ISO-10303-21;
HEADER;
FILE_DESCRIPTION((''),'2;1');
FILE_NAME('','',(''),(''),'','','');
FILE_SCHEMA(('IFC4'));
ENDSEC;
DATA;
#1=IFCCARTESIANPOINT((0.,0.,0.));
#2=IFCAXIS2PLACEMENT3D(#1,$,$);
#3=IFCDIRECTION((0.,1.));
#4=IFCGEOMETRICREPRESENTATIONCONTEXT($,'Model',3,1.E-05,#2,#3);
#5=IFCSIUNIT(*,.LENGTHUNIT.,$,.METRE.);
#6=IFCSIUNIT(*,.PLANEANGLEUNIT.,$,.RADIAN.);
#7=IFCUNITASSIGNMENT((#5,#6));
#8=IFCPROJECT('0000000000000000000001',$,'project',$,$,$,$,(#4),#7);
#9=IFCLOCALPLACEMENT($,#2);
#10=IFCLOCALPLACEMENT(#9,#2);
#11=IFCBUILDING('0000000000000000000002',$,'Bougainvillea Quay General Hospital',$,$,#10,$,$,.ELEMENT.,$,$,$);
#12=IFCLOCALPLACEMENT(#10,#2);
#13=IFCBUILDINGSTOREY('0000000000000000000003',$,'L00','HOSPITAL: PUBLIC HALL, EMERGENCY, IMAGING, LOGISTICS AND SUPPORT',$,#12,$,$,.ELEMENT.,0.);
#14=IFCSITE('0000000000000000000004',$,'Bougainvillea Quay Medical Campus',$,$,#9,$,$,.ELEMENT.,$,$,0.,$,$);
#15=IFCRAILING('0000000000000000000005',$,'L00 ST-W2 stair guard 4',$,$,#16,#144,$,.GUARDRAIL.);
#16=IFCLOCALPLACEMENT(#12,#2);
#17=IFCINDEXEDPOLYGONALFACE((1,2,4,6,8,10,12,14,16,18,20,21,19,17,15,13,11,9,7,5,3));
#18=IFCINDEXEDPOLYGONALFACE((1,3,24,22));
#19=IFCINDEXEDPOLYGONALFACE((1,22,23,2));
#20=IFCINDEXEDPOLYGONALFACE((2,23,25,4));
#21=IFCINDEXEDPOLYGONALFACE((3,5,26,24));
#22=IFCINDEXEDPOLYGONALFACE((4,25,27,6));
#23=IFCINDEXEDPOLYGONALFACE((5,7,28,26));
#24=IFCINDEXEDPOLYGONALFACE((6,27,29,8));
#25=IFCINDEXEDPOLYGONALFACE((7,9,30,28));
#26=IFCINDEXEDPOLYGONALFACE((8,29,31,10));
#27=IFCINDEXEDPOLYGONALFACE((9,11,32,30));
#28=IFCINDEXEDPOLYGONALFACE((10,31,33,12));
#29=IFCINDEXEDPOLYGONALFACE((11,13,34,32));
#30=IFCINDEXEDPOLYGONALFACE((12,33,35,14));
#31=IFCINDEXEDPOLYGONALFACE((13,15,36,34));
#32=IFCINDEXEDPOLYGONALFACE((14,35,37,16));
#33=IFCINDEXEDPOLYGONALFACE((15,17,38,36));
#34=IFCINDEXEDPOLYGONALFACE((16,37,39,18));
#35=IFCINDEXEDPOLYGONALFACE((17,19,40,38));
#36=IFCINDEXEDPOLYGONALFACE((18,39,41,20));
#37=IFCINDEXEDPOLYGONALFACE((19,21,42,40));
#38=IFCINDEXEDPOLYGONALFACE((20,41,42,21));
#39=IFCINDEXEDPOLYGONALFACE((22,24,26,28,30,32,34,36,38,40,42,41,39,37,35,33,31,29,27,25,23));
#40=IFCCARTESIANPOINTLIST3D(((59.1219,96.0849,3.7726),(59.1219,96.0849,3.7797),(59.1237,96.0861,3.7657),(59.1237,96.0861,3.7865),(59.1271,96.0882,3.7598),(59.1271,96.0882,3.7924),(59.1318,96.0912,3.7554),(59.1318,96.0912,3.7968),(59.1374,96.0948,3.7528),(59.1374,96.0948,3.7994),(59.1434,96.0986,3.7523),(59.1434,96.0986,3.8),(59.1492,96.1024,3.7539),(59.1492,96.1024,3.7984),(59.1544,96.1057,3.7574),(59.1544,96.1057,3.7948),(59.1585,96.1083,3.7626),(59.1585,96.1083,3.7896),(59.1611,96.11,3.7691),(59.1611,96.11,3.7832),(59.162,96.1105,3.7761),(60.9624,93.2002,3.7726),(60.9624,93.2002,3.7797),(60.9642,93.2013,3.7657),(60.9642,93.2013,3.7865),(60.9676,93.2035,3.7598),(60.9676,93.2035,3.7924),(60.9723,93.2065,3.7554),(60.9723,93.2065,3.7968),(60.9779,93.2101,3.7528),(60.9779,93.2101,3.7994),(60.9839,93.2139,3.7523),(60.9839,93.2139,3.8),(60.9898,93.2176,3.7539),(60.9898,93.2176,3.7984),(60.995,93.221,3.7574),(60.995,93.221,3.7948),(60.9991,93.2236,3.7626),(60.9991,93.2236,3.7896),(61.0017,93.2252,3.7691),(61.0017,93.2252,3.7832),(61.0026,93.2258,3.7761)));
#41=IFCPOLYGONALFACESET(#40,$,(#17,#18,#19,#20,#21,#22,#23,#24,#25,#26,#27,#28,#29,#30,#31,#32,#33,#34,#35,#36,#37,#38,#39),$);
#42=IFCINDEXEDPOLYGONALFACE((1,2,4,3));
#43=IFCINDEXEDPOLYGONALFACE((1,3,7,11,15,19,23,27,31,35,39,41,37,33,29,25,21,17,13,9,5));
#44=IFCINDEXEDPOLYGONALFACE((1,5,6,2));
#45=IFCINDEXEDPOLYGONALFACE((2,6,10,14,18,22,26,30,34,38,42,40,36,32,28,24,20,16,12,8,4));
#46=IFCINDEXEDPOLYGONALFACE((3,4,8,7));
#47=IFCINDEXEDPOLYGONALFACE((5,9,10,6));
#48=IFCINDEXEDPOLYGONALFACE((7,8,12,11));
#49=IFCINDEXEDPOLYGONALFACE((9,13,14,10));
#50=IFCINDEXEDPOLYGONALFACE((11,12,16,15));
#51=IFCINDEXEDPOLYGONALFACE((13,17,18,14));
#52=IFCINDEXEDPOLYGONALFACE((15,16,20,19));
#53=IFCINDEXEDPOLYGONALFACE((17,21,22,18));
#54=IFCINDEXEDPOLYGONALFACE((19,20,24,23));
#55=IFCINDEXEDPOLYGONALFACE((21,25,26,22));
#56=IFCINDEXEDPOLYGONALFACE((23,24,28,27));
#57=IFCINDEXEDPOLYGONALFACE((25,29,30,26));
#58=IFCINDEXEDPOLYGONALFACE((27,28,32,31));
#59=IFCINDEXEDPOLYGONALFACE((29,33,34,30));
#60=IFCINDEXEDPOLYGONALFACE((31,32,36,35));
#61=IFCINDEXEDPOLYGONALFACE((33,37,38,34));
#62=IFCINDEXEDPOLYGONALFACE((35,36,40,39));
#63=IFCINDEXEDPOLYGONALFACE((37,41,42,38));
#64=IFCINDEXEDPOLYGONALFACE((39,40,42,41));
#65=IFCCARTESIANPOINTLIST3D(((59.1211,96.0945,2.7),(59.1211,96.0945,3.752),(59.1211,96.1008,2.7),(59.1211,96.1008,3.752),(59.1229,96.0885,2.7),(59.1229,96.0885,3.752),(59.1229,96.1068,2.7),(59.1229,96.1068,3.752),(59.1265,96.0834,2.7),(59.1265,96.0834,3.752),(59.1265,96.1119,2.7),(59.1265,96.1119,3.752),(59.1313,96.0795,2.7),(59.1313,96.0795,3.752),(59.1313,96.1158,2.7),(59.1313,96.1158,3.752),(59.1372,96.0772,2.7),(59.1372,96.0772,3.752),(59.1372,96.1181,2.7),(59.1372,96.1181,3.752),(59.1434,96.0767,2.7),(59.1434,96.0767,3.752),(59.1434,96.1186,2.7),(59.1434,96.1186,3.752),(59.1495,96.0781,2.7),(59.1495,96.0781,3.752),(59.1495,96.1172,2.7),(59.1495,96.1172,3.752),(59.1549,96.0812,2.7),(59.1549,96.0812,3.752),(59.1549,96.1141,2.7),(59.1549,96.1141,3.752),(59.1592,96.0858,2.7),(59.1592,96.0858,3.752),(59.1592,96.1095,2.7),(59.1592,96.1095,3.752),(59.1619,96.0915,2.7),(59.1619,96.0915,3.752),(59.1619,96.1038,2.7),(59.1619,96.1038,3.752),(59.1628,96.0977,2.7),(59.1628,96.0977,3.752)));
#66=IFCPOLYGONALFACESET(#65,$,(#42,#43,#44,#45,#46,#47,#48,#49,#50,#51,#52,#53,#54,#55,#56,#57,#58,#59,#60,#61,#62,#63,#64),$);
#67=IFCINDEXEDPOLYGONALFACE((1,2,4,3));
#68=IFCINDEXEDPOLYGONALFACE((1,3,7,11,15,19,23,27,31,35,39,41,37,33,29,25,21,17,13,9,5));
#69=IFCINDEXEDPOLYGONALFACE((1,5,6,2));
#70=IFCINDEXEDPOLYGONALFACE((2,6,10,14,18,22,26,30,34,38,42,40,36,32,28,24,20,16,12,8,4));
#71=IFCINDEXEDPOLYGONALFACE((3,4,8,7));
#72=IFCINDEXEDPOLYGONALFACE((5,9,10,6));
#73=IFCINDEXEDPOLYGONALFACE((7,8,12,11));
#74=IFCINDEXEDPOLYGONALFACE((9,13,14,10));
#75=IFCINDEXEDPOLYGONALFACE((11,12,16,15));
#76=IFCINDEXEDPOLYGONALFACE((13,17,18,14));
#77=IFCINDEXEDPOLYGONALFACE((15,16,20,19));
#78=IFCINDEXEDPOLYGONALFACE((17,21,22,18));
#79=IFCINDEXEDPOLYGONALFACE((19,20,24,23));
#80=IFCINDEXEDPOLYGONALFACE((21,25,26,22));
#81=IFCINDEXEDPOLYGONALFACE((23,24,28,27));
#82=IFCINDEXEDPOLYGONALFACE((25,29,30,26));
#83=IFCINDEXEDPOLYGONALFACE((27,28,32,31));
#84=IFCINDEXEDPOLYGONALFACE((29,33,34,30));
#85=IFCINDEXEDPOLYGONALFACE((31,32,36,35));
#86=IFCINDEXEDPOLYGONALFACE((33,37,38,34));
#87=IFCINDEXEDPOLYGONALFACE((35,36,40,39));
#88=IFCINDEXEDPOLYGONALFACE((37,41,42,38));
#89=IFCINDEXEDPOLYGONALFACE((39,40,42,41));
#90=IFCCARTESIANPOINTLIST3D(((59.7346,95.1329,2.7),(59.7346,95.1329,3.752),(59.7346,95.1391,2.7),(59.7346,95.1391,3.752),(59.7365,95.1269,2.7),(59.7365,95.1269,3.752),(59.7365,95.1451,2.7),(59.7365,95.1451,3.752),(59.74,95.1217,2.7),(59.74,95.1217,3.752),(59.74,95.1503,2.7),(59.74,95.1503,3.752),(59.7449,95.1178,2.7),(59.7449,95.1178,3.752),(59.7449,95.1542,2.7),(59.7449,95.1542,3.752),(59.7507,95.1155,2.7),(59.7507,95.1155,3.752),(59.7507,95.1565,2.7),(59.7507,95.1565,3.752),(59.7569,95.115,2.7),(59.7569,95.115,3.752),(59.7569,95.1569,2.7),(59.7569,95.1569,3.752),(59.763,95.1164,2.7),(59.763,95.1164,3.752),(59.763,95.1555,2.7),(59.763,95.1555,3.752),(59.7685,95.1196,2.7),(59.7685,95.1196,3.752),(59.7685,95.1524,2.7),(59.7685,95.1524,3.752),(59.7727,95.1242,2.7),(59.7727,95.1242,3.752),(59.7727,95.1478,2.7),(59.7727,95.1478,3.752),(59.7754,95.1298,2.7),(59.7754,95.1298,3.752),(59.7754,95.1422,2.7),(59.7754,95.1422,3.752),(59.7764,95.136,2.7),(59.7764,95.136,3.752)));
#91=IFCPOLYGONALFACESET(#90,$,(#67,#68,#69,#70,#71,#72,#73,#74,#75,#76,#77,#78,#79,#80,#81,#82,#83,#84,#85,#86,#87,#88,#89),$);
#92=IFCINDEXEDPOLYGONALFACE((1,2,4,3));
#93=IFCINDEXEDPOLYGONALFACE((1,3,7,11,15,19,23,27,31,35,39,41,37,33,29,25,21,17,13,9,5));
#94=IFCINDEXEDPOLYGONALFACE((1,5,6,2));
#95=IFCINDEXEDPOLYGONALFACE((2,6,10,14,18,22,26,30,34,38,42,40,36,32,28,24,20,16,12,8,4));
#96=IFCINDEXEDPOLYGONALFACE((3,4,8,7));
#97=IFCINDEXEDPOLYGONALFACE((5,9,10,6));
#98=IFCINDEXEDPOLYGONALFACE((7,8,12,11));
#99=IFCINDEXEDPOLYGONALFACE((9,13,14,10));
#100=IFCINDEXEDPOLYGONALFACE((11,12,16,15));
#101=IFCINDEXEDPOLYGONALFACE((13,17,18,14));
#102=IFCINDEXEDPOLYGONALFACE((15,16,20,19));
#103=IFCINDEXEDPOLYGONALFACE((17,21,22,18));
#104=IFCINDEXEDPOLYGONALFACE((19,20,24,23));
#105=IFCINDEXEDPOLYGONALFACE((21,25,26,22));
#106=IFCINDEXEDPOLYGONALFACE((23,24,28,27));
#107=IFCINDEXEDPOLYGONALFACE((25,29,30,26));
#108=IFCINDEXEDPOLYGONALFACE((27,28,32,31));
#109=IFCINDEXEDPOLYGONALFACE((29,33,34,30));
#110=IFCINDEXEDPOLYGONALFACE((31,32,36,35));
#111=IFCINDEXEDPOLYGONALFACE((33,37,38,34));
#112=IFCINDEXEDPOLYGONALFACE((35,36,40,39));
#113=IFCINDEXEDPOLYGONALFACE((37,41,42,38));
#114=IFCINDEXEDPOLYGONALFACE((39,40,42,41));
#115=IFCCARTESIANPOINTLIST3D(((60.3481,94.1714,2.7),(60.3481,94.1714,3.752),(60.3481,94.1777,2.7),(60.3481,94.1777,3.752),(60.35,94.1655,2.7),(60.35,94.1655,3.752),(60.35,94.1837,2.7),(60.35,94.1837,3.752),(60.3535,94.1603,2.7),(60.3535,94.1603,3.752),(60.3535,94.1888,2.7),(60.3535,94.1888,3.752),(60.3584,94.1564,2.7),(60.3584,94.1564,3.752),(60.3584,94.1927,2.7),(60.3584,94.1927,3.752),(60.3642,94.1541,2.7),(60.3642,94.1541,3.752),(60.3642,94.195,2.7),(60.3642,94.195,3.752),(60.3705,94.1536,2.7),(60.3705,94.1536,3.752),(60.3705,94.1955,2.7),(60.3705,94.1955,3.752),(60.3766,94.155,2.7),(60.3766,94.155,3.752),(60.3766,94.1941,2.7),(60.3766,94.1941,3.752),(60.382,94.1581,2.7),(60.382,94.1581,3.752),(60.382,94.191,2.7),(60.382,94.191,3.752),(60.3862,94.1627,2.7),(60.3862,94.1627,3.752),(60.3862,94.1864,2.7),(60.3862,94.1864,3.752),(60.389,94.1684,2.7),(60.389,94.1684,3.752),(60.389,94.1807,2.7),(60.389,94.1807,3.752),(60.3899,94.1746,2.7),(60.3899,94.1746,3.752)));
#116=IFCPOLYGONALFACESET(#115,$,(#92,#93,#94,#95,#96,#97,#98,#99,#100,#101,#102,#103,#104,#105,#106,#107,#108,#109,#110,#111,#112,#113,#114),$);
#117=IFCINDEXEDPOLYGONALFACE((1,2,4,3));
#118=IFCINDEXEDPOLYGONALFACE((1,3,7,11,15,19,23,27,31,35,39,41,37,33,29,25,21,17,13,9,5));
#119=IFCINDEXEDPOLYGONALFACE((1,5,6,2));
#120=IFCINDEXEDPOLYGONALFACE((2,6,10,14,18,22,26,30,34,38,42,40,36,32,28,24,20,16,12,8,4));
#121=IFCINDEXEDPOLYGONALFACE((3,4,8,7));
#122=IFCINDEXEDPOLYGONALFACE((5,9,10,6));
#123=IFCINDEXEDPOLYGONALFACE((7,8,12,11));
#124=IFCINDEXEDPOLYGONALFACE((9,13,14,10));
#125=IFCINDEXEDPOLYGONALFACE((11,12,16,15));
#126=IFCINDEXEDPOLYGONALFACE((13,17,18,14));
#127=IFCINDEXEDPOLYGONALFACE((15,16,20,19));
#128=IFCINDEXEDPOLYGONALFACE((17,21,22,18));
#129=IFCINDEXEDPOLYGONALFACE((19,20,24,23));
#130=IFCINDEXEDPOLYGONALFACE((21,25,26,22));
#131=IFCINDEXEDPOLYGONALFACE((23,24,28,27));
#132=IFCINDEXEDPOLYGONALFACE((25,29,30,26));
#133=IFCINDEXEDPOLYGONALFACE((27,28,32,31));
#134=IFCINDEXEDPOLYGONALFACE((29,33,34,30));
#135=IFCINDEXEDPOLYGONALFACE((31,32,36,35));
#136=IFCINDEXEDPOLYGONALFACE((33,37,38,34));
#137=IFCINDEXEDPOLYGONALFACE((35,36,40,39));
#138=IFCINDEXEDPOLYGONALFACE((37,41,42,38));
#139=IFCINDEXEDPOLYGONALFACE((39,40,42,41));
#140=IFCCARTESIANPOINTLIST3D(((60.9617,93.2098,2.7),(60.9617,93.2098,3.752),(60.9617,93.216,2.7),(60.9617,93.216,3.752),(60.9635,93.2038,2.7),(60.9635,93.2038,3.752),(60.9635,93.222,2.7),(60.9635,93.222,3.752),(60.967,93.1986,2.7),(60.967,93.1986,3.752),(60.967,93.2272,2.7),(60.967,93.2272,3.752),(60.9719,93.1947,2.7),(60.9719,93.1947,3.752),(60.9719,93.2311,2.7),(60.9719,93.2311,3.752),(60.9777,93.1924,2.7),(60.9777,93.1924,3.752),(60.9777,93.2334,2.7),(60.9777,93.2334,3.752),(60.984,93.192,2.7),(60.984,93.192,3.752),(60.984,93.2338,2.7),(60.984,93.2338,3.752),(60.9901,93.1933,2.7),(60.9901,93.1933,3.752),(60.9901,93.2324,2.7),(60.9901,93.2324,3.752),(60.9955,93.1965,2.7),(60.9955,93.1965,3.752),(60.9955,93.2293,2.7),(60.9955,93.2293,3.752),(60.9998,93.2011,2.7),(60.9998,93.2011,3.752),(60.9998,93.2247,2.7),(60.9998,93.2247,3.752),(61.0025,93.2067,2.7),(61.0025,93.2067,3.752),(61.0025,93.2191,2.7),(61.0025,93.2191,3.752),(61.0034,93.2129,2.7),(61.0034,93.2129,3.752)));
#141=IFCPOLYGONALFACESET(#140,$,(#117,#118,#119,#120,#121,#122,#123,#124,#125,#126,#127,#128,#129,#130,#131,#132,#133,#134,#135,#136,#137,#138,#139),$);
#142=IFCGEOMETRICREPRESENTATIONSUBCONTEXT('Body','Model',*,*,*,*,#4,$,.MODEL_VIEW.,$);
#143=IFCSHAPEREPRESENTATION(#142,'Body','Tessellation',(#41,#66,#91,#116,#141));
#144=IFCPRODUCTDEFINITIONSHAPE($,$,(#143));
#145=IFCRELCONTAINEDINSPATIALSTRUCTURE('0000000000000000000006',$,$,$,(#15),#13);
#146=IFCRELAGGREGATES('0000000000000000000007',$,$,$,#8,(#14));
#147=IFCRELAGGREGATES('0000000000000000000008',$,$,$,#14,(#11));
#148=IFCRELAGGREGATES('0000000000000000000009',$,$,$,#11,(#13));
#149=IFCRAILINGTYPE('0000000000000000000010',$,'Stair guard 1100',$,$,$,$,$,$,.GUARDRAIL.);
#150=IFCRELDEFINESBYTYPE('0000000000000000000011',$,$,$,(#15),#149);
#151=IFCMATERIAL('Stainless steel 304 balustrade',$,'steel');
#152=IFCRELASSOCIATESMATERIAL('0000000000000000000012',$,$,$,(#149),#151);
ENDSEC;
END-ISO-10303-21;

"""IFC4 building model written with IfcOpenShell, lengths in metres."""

from ifc_helpers import new_model, si_unit, direction, frame, origin, origin_2d, place, context, subcontext, project, spatial, circle, extrude, material, type_object, element, save


model = new_model("IFC4")

# Units and contexts
model_context = context("Model", 3, precision=1e-05, world=origin(), true_north=direction((0.0, 1.0)))
body_context = subcontext(model_context, "Body", "Model", "MODEL_VIEW")
ifc_project = project(units=[si_unit("LENGTHUNIT", "METRE"), si_unit("PLANEANGLEUNIT", "RADIAN")], contexts=[model_context])

# Site, building, storey
site_placement = place(None, origin())
site = spatial("IfcSite", under=ifc_project, at=site_placement, Name="Bougainvillea Quay Medical Campus", CompositionType="ELEMENT", RefElevation=0.0)
building_placement = place(site_placement, origin())
building = spatial("IfcBuilding", under=site, at=building_placement, Name="Bougainvillea Quay General Hospital", CompositionType="ELEMENT")
storey_placement = place(building_placement, origin())
storey = spatial("IfcBuildingStorey", under=building, at=storey_placement, Name="L00", Description="HOSPITAL: PUBLIC HALL, EMERGENCY, IMAGING, LOGISTICS AND SUPPORT", CompositionType="ELEMENT", Elevation=0.0)

# Railing
ifc_material_1 = material(Name="Stainless steel 304 balustrade", Category="steel")
railing_type_1 = type_object("IfcRailingType", Name="Stair guard 1100", PredefinedType="GUARDRAIL", material=ifc_material_1)
railing_1_placement = place(storey_placement, frame((59.1418, 96.0977, 2.7)))
element("IfcRailing", 1, at=railing_1_placement, inside=storey, type_object=railing_type_1, Name="L00 ST-W2 stair guard 4", PredefinedType="GUARDRAIL", context=body_context, shape_type="SweptSolid", body=[
    extrude(circle(Radius=0.0239, at=origin_2d()), frame((0.0, 0.0, 1.0762), z_axis=(0.537877, -0.843023, 0.0), x_axis=(0.843023, 0.537877, 0.0)), (0.0, 0.0, 1.0), 3.4219),
    extrude(circle(Radius=0.021, at=origin_2d()), origin(), (0.0, 0.0, 1.0), 1.052),
    extrude(circle(Radius=0.021, at=origin_2d()), frame((0.6135, -0.9617, 0.0)), (0.0, 0.0, 1.0), 1.052),
    extrude(circle(Radius=0.021, at=origin_2d()), frame((1.2271, -1.9231, 0.0)), (0.0, 0.0, 1.0), 1.052),
    extrude(circle(Radius=0.021, at=origin_2d()), frame((1.8406, -2.8848, 0.0)), (0.0, 0.0, 1.0), 1.052),
])

save(model, "model.ifc")
